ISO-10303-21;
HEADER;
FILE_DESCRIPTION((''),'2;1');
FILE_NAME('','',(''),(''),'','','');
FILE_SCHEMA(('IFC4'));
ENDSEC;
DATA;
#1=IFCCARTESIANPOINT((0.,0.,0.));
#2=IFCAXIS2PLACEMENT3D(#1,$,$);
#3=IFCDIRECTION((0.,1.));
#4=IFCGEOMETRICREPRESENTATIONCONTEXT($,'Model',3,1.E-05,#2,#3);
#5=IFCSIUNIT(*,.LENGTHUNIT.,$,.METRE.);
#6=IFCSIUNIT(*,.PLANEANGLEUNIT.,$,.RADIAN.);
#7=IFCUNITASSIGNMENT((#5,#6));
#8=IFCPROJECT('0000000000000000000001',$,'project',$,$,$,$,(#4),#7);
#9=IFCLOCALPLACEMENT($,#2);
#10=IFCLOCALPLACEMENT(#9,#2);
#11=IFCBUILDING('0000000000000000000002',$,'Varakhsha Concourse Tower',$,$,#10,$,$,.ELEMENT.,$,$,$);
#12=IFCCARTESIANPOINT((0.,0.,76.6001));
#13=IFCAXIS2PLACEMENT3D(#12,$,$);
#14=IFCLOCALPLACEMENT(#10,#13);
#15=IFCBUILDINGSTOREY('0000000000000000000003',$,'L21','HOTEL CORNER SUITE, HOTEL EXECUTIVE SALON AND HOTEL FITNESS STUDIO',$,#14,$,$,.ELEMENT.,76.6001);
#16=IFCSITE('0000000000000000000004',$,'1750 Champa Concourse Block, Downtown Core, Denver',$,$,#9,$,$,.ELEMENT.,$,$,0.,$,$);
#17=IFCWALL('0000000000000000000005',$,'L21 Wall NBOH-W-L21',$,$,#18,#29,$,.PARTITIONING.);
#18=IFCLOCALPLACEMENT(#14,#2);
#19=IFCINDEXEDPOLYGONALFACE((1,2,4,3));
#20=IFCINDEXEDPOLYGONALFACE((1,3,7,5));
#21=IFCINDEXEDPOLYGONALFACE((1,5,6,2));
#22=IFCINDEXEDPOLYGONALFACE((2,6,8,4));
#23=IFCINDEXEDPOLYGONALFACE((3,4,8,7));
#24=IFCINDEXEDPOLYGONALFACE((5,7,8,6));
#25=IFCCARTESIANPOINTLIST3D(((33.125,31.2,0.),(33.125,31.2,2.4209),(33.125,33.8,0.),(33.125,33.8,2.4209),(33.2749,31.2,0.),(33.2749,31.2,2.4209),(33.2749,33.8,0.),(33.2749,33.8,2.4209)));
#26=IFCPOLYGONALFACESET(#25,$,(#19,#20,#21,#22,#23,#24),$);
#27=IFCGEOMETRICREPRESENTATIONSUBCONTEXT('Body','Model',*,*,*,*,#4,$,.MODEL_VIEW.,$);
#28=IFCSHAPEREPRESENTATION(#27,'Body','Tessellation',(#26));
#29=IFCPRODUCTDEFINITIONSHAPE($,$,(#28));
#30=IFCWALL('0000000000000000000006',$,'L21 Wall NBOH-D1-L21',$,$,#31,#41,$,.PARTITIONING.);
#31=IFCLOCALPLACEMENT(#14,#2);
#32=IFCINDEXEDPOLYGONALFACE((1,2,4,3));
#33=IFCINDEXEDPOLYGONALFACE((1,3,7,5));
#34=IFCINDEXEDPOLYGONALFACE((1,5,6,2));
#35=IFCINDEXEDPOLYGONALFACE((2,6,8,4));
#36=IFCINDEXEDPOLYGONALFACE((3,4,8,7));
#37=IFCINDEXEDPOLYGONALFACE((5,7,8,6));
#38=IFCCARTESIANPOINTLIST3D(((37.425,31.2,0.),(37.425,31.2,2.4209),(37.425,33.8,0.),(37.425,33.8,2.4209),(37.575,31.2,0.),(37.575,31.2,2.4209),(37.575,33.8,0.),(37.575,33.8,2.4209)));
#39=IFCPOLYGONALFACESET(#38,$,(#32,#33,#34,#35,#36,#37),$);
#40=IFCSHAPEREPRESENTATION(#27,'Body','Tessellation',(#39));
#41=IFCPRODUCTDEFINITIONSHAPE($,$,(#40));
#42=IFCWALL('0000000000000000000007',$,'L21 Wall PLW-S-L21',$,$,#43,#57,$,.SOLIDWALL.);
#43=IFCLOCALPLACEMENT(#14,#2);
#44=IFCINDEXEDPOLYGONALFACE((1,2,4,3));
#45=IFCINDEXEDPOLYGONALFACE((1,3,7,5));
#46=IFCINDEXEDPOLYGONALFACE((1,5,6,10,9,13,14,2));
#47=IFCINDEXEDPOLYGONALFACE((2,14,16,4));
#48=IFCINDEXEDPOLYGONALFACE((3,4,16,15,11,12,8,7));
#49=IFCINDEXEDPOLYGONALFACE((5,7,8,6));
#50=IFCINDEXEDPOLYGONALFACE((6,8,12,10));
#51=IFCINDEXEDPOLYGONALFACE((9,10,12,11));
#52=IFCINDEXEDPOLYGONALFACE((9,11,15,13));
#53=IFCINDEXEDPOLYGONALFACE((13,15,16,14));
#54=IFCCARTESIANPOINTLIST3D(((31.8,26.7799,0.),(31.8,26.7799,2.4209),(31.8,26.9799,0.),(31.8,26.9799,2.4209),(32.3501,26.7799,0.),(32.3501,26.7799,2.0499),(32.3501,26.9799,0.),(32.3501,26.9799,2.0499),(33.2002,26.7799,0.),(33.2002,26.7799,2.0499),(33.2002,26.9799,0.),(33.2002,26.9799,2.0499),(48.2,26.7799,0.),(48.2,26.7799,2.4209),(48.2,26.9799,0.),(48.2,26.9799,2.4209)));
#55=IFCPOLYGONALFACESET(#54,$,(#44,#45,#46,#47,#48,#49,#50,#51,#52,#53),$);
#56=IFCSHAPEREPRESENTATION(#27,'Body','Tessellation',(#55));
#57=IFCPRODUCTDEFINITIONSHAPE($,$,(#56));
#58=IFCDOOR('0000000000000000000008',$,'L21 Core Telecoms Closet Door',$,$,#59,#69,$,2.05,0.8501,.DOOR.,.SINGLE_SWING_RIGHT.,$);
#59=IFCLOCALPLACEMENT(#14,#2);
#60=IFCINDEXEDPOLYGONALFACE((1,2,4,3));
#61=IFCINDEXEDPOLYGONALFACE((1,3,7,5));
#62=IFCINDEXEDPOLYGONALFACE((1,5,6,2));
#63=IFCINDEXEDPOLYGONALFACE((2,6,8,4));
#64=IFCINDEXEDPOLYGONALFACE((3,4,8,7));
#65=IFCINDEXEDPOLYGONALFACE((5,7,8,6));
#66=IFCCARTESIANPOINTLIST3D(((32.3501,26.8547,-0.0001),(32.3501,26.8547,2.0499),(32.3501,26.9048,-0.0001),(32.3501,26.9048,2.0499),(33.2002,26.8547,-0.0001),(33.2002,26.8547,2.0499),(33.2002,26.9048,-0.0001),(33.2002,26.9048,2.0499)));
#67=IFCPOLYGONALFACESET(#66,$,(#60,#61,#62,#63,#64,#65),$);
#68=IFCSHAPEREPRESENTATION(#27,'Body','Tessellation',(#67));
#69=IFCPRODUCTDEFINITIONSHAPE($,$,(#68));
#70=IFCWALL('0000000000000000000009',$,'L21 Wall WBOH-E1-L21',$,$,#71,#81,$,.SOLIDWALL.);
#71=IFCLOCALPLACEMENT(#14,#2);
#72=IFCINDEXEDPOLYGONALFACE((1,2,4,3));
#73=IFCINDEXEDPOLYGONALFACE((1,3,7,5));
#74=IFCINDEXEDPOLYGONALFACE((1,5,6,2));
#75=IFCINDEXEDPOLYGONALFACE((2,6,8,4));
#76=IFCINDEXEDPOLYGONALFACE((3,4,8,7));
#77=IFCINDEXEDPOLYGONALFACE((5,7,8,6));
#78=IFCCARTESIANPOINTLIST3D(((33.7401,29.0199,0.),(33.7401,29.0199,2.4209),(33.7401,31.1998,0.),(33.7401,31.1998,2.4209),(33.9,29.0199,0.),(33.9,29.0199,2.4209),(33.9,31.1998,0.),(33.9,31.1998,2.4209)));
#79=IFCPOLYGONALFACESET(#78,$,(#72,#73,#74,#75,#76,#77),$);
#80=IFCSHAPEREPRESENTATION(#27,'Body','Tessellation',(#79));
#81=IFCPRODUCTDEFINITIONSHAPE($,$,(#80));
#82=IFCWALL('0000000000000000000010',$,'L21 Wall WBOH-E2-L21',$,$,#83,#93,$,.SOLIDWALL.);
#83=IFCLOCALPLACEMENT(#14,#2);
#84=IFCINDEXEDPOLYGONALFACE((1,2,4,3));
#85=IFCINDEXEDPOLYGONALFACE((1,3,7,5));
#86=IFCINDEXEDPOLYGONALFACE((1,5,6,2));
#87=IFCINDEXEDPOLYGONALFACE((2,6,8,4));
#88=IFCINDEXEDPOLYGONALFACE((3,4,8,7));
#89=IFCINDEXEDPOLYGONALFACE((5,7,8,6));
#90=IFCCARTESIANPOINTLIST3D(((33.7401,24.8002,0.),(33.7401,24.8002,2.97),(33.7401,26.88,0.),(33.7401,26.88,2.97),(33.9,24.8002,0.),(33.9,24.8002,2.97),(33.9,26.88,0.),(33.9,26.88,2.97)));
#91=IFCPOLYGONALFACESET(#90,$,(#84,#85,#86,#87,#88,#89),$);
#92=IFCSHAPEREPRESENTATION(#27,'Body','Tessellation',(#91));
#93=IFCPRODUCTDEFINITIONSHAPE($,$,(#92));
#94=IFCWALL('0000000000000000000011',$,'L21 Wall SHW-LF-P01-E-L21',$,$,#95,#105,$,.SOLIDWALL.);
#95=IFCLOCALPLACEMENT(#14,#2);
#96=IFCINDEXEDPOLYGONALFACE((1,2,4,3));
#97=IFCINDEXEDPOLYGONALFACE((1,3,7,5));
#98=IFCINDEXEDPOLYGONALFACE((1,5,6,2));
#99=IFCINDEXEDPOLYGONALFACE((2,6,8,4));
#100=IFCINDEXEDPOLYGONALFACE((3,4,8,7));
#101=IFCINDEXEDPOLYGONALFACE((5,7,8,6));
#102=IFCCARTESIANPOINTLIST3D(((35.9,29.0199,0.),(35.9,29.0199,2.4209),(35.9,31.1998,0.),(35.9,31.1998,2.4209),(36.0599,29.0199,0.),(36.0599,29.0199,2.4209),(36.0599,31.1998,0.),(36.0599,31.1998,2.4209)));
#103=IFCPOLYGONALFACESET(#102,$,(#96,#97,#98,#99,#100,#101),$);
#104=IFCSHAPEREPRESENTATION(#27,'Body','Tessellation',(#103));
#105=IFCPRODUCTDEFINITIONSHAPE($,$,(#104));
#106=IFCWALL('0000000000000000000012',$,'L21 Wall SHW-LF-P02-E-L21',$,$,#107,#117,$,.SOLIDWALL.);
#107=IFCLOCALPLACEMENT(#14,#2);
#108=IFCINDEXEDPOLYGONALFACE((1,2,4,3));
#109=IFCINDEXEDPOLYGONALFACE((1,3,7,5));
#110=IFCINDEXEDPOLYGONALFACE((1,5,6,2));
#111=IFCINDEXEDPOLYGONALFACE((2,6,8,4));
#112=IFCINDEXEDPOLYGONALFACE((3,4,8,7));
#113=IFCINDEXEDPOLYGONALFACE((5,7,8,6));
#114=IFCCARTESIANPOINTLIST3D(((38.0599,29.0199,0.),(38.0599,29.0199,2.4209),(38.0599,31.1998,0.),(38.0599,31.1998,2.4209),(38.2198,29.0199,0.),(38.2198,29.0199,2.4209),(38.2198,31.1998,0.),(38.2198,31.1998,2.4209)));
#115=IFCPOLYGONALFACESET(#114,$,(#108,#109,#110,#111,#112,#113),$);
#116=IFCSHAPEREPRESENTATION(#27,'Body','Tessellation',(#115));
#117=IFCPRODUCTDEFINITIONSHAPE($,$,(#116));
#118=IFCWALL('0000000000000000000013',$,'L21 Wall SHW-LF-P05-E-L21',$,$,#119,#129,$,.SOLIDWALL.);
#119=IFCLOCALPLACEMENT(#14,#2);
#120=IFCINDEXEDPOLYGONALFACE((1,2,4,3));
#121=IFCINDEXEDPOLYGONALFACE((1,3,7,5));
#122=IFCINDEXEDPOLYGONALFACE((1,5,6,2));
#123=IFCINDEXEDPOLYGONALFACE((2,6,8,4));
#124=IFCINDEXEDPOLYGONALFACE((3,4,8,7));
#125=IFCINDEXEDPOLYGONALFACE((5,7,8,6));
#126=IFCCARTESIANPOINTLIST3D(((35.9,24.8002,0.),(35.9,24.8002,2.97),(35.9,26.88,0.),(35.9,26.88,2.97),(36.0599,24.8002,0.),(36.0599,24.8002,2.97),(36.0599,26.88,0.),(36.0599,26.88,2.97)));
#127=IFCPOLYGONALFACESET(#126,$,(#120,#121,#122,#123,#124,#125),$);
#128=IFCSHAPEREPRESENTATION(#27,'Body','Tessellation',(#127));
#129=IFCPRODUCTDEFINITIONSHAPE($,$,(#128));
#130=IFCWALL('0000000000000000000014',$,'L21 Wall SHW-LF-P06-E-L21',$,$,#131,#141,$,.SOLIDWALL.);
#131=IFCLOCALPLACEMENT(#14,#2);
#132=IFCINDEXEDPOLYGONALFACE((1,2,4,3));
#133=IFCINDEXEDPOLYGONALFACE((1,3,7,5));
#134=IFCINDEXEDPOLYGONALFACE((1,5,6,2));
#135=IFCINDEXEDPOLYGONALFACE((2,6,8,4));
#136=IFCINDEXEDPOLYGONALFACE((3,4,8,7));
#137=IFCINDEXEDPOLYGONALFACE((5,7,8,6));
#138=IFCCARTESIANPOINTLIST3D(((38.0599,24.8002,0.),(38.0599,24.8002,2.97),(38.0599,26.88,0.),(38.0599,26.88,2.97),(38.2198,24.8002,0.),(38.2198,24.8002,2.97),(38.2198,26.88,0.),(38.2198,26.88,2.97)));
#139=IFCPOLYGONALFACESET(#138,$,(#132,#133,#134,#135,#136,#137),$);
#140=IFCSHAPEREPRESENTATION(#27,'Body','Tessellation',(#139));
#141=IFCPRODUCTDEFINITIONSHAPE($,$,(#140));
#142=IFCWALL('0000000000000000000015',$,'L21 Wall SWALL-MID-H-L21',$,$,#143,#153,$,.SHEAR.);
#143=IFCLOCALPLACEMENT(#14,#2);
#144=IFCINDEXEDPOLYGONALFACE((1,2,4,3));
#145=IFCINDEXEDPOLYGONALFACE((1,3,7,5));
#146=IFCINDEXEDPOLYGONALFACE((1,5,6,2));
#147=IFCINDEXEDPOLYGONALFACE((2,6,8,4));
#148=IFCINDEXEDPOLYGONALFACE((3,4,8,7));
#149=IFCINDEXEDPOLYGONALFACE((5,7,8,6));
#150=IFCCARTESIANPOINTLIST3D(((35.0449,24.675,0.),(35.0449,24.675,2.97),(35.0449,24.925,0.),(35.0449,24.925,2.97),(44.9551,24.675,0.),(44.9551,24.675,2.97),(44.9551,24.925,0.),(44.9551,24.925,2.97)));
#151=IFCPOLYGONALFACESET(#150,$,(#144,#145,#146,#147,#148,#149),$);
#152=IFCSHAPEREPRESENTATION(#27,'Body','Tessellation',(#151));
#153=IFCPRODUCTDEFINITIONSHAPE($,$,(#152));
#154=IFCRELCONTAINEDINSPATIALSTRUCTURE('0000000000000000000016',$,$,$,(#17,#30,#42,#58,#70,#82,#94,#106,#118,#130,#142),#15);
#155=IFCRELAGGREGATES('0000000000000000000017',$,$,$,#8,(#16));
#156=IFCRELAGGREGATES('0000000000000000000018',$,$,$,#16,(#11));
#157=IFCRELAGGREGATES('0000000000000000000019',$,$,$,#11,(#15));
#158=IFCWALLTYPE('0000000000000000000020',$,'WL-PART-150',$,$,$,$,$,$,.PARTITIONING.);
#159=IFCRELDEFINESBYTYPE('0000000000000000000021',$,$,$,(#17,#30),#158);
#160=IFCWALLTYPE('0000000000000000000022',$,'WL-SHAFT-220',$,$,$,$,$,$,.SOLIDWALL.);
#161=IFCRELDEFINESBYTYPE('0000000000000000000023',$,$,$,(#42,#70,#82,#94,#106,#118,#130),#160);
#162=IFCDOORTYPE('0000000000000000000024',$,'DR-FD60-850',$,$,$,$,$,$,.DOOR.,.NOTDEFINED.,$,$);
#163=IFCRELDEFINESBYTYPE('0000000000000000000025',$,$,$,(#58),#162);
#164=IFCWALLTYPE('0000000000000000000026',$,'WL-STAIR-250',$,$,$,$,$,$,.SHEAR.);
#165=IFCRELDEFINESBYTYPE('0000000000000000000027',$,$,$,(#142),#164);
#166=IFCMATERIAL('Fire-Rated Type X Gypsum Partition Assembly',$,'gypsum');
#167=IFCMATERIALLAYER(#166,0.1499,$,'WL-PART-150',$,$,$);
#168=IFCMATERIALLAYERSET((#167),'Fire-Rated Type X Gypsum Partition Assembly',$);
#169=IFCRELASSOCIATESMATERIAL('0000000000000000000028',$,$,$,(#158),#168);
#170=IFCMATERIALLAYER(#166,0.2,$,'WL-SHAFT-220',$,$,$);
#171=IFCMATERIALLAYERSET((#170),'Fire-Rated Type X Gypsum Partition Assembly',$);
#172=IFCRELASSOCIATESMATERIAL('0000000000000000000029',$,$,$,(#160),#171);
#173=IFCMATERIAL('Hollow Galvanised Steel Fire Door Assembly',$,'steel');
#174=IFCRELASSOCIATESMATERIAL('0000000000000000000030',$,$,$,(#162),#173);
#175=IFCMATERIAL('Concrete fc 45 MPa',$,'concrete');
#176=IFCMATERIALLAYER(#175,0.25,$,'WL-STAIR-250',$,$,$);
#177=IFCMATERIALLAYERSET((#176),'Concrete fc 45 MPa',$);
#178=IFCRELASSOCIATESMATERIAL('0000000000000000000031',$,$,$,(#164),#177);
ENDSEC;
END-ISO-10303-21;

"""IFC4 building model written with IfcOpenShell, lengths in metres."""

from ifc_helpers import new_model, si_unit, direction, frame, frame_2d, origin, place, context, subcontext, project, spatial, rectangle, extrude, material, layer, layer_set, type_object, element, fill, save


model = new_model("IFC4")

# Units and contexts
model_context = context("Model", 3, precision=1e-05, world=origin(), true_north=direction((0.0, 1.0)))
body_context = subcontext(model_context, "Body", "Model", "MODEL_VIEW")
ifc_project = project(units=[si_unit("LENGTHUNIT", "METRE"), si_unit("PLANEANGLEUNIT", "RADIAN")], contexts=[model_context])

# Site, building, storey
site_placement = place(None, origin())
site = spatial("IfcSite", under=ifc_project, at=site_placement, Name="1750 Champa Concourse Block, Downtown Core, Denver", CompositionType="ELEMENT", RefElevation=0.0)
building_placement = place(site_placement, origin())
building = spatial("IfcBuilding", under=site, at=building_placement, Name="Varakhsha Concourse Tower", CompositionType="ELEMENT")
storey_placement = place(building_placement, frame((0.0, 0.0, 76.6001)))
storey = spatial("IfcBuildingStorey", under=building, at=storey_placement, Name="L21", Description="HOTEL CORNER SUITE, HOTEL EXECUTIVE SALON AND HOTEL FITNESS STUDIO", CompositionType="ELEMENT", Elevation=76.6001)

# Shared definitions
ifc_material_1 = material(Name="Fire-Rated Type X Gypsum Partition Assembly", Category="gypsum")
ifc_layer_1 = layer(ifc_material_1, 0.1499, Name="WL-PART-150")
ifc_layer_set_1 = layer_set([ifc_layer_1], Name="Fire-Rated Type X Gypsum Partition Assembly")
wall_type_1 = type_object("IfcWallType", Name="WL-PART-150", PredefinedType="PARTITIONING", material=ifc_layer_set_1)
ifc_material_2 = material(Name="Hollow Galvanised Steel Fire Door Assembly", Category="steel")

# Walls
for number, where, z_axis, x_axis, name in (
    (1, (33.2, 31.2, 0.0), (0.0, 0.0, 1.0), (0.0, 1.0, 0.0), "L21 Wall NBOH-W-L21"),
    (2, (37.5, 31.2, 0.0), (0.0, 0.0, 1.0), (0.0, 1.0, 0.0), "L21 Wall NBOH-D1-L21"),
):
    element("IfcWall", number, at=place(storey_placement, frame(where, z_axis=z_axis, x_axis=x_axis)), inside=storey, type_object=wall_type_1, Name=name, PredefinedType="PARTITIONING", context=body_context, shape_type="SweptSolid", body=[
        extrude(rectangle(XDim=2.6001, YDim=0.1499, at=frame_2d((1.3, 0.0))), origin(), (0.0, 0.0, 1.0), 2.4209),
    ])

# Shared definitions
ifc_layer_2 = layer(ifc_material_1, 0.2, Name="WL-SHAFT-220")
ifc_layer_set_2 = layer_set([ifc_layer_2], Name="Fire-Rated Type X Gypsum Partition Assembly")
wall_type_2 = type_object("IfcWallType", Name="WL-SHAFT-220", PredefinedType="SOLIDWALL", material=ifc_layer_set_2)

# Wall, opening, door
wall_1_placement = place(storey_placement, frame((31.8, 26.8799, 0.0), z_axis=(0.0, 0.0, 1.0), x_axis=(1.0, 0.0, 0.0)))
wall_1 = element("IfcWall", 3, at=wall_1_placement, inside=storey, type_object=wall_type_2, Name="L21 Wall PLW-S-L21", PredefinedType="SOLIDWALL", context=body_context, shape_type="SweptSolid", body=[
    extrude(rectangle(XDim=16.3999, YDim=0.2, at=frame_2d((8.2, 0.0))), origin(), (0.0, 0.0, 1.0), 2.4209),
])
opening_1_placement = place(wall_1_placement, frame((0.55, 0.0, 0.0)))
opening_1 = element("IfcOpeningElement", 4, at=opening_1_placement, cuts=wall_1, PredefinedType="OPENING", context=body_context, shape_type="SweptSolid", body=[
    extrude(rectangle(XDim=0.8501, YDim=2.05, at=frame_2d((0.425, 1.0249))), frame((0.0, 0.1099, 0.0), z_axis=(0.0, -1.0, 0.0), x_axis=(1.0, 0.0, 0.0)), (0.0, 0.0, 1.0), 0.22),
])
door_type_1 = type_object("IfcDoorType", Name="DR-FD60-850", OperationType="NOTDEFINED", PredefinedType="DOOR", material=ifc_material_2)
door_1_placement = place(opening_1_placement, origin())
door_1 = element("IfcDoor", 5, at=door_1_placement, inside=storey, type_object=door_type_1, Name="L21 Core Telecoms Closet Door", OperationType="SINGLE_SWING_RIGHT", OverallHeight=2.05, OverallWidth=0.8501, PredefinedType="DOOR", context=body_context, shape_type="SweptSolid", body=[
    extrude(rectangle(XDim=0.8501, YDim=2.05, at=frame_2d((0.425, 1.0249))), frame((0.0, 0.0249, 0.0), z_axis=(0.0, -1.0, 0.0), x_axis=(1.0, 0.0, 0.0)), (0.0, 0.0, 1.0), 0.05),
])
fill(opening_1, door_1)

# Walls
wall_2_placement = place(storey_placement, frame((33.8201, 29.02, 0.0), z_axis=(0.0, 0.0, 1.0), x_axis=(0.0, 1.0, 0.0)))
element("IfcWall", 6, at=wall_2_placement, inside=storey, type_object=wall_type_2, Name="L21 Wall WBOH-E1-L21", PredefinedType="SOLIDWALL", context=body_context, shape_type="SweptSolid", body=[
    extrude(rectangle(XDim=2.1799, YDim=0.1599, at=frame_2d((1.0898, 0.0))), origin(), (0.0, 0.0, 1.0), 2.4209),
])
wall_3_placement = place(storey_placement, frame((33.8201, 24.8, 0.0), z_axis=(0.0, 0.0, 1.0), x_axis=(0.0, 1.0, 0.0)))
element("IfcWall", 7, at=wall_3_placement, inside=storey, type_object=wall_type_2, Name="L21 Wall WBOH-E2-L21", PredefinedType="SOLIDWALL", context=body_context, shape_type="SweptSolid", body=[
    extrude(rectangle(XDim=2.0798, YDim=0.1599, at=frame_2d((1.04, 0.0))), origin(), (0.0, 0.0, 1.0), 2.97),
])
for number, where, z_axis, x_axis, name in (
    (8, (35.98, 29.02, 0.0), (0.0, 0.0, 1.0), (0.0, 1.0, 0.0), "L21 Wall SHW-LF-P01-E-L21"),
    (9, (38.1399, 29.02, 0.0), (0.0, 0.0, 1.0), (0.0, 1.0, 0.0), "L21 Wall SHW-LF-P02-E-L21"),
):
    element("IfcWall", number, at=place(storey_placement, frame(where, z_axis=z_axis, x_axis=x_axis)), inside=storey, type_object=wall_type_2, Name=name, PredefinedType="SOLIDWALL", context=body_context, shape_type="SweptSolid", body=[
        extrude(rectangle(XDim=2.1799, YDim=0.1599, at=frame_2d((1.0898, 0.0))), origin(), (0.0, 0.0, 1.0), 2.4209),
    ])
for number, where, z_axis, x_axis, name in (
    (10, (35.98, 24.8, 0.0), (0.0, 0.0, 1.0), (0.0, 1.0, 0.0), "L21 Wall SHW-LF-P05-E-L21"),
    (11, (38.1399, 24.8, 0.0), (0.0, 0.0, 1.0), (0.0, 1.0, 0.0), "L21 Wall SHW-LF-P06-E-L21"),
):
    element("IfcWall", number, at=place(storey_placement, frame(where, z_axis=z_axis, x_axis=x_axis)), inside=storey, type_object=wall_type_2, Name=name, PredefinedType="SOLIDWALL", context=body_context, shape_type="SweptSolid", body=[
        extrude(rectangle(XDim=2.0798, YDim=0.1599, at=frame_2d((1.04, 0.0))), origin(), (0.0, 0.0, 1.0), 2.97),
    ])
ifc_material_3 = material(Name="Concrete fc 45 MPa", Category="concrete")
ifc_layer_3 = layer(ifc_material_3, 0.25, Name="WL-STAIR-250")
ifc_layer_set_3 = layer_set([ifc_layer_3], Name="Concrete fc 45 MPa")
wall_type_3 = type_object("IfcWallType", Name="WL-STAIR-250", PredefinedType="SHEAR", material=ifc_layer_set_3)
wall_4_placement = place(storey_placement, frame((35.0449, 24.8, 0.0), z_axis=(0.0, 0.0, 1.0), x_axis=(1.0, 0.0, 0.0)))
element("IfcWall", 12, at=wall_4_placement, inside=storey, type_object=wall_type_3, Name="L21 Wall SWALL-MID-H-L21", PredefinedType="SHEAR", context=body_context, shape_type="SweptSolid", body=[
    extrude(rectangle(XDim=9.9102, YDim=0.25, at=frame_2d((4.9551, 0.0))), origin(), (0.0, 0.0, 1.0), 2.97),
])

save(model, "model.ifc")
